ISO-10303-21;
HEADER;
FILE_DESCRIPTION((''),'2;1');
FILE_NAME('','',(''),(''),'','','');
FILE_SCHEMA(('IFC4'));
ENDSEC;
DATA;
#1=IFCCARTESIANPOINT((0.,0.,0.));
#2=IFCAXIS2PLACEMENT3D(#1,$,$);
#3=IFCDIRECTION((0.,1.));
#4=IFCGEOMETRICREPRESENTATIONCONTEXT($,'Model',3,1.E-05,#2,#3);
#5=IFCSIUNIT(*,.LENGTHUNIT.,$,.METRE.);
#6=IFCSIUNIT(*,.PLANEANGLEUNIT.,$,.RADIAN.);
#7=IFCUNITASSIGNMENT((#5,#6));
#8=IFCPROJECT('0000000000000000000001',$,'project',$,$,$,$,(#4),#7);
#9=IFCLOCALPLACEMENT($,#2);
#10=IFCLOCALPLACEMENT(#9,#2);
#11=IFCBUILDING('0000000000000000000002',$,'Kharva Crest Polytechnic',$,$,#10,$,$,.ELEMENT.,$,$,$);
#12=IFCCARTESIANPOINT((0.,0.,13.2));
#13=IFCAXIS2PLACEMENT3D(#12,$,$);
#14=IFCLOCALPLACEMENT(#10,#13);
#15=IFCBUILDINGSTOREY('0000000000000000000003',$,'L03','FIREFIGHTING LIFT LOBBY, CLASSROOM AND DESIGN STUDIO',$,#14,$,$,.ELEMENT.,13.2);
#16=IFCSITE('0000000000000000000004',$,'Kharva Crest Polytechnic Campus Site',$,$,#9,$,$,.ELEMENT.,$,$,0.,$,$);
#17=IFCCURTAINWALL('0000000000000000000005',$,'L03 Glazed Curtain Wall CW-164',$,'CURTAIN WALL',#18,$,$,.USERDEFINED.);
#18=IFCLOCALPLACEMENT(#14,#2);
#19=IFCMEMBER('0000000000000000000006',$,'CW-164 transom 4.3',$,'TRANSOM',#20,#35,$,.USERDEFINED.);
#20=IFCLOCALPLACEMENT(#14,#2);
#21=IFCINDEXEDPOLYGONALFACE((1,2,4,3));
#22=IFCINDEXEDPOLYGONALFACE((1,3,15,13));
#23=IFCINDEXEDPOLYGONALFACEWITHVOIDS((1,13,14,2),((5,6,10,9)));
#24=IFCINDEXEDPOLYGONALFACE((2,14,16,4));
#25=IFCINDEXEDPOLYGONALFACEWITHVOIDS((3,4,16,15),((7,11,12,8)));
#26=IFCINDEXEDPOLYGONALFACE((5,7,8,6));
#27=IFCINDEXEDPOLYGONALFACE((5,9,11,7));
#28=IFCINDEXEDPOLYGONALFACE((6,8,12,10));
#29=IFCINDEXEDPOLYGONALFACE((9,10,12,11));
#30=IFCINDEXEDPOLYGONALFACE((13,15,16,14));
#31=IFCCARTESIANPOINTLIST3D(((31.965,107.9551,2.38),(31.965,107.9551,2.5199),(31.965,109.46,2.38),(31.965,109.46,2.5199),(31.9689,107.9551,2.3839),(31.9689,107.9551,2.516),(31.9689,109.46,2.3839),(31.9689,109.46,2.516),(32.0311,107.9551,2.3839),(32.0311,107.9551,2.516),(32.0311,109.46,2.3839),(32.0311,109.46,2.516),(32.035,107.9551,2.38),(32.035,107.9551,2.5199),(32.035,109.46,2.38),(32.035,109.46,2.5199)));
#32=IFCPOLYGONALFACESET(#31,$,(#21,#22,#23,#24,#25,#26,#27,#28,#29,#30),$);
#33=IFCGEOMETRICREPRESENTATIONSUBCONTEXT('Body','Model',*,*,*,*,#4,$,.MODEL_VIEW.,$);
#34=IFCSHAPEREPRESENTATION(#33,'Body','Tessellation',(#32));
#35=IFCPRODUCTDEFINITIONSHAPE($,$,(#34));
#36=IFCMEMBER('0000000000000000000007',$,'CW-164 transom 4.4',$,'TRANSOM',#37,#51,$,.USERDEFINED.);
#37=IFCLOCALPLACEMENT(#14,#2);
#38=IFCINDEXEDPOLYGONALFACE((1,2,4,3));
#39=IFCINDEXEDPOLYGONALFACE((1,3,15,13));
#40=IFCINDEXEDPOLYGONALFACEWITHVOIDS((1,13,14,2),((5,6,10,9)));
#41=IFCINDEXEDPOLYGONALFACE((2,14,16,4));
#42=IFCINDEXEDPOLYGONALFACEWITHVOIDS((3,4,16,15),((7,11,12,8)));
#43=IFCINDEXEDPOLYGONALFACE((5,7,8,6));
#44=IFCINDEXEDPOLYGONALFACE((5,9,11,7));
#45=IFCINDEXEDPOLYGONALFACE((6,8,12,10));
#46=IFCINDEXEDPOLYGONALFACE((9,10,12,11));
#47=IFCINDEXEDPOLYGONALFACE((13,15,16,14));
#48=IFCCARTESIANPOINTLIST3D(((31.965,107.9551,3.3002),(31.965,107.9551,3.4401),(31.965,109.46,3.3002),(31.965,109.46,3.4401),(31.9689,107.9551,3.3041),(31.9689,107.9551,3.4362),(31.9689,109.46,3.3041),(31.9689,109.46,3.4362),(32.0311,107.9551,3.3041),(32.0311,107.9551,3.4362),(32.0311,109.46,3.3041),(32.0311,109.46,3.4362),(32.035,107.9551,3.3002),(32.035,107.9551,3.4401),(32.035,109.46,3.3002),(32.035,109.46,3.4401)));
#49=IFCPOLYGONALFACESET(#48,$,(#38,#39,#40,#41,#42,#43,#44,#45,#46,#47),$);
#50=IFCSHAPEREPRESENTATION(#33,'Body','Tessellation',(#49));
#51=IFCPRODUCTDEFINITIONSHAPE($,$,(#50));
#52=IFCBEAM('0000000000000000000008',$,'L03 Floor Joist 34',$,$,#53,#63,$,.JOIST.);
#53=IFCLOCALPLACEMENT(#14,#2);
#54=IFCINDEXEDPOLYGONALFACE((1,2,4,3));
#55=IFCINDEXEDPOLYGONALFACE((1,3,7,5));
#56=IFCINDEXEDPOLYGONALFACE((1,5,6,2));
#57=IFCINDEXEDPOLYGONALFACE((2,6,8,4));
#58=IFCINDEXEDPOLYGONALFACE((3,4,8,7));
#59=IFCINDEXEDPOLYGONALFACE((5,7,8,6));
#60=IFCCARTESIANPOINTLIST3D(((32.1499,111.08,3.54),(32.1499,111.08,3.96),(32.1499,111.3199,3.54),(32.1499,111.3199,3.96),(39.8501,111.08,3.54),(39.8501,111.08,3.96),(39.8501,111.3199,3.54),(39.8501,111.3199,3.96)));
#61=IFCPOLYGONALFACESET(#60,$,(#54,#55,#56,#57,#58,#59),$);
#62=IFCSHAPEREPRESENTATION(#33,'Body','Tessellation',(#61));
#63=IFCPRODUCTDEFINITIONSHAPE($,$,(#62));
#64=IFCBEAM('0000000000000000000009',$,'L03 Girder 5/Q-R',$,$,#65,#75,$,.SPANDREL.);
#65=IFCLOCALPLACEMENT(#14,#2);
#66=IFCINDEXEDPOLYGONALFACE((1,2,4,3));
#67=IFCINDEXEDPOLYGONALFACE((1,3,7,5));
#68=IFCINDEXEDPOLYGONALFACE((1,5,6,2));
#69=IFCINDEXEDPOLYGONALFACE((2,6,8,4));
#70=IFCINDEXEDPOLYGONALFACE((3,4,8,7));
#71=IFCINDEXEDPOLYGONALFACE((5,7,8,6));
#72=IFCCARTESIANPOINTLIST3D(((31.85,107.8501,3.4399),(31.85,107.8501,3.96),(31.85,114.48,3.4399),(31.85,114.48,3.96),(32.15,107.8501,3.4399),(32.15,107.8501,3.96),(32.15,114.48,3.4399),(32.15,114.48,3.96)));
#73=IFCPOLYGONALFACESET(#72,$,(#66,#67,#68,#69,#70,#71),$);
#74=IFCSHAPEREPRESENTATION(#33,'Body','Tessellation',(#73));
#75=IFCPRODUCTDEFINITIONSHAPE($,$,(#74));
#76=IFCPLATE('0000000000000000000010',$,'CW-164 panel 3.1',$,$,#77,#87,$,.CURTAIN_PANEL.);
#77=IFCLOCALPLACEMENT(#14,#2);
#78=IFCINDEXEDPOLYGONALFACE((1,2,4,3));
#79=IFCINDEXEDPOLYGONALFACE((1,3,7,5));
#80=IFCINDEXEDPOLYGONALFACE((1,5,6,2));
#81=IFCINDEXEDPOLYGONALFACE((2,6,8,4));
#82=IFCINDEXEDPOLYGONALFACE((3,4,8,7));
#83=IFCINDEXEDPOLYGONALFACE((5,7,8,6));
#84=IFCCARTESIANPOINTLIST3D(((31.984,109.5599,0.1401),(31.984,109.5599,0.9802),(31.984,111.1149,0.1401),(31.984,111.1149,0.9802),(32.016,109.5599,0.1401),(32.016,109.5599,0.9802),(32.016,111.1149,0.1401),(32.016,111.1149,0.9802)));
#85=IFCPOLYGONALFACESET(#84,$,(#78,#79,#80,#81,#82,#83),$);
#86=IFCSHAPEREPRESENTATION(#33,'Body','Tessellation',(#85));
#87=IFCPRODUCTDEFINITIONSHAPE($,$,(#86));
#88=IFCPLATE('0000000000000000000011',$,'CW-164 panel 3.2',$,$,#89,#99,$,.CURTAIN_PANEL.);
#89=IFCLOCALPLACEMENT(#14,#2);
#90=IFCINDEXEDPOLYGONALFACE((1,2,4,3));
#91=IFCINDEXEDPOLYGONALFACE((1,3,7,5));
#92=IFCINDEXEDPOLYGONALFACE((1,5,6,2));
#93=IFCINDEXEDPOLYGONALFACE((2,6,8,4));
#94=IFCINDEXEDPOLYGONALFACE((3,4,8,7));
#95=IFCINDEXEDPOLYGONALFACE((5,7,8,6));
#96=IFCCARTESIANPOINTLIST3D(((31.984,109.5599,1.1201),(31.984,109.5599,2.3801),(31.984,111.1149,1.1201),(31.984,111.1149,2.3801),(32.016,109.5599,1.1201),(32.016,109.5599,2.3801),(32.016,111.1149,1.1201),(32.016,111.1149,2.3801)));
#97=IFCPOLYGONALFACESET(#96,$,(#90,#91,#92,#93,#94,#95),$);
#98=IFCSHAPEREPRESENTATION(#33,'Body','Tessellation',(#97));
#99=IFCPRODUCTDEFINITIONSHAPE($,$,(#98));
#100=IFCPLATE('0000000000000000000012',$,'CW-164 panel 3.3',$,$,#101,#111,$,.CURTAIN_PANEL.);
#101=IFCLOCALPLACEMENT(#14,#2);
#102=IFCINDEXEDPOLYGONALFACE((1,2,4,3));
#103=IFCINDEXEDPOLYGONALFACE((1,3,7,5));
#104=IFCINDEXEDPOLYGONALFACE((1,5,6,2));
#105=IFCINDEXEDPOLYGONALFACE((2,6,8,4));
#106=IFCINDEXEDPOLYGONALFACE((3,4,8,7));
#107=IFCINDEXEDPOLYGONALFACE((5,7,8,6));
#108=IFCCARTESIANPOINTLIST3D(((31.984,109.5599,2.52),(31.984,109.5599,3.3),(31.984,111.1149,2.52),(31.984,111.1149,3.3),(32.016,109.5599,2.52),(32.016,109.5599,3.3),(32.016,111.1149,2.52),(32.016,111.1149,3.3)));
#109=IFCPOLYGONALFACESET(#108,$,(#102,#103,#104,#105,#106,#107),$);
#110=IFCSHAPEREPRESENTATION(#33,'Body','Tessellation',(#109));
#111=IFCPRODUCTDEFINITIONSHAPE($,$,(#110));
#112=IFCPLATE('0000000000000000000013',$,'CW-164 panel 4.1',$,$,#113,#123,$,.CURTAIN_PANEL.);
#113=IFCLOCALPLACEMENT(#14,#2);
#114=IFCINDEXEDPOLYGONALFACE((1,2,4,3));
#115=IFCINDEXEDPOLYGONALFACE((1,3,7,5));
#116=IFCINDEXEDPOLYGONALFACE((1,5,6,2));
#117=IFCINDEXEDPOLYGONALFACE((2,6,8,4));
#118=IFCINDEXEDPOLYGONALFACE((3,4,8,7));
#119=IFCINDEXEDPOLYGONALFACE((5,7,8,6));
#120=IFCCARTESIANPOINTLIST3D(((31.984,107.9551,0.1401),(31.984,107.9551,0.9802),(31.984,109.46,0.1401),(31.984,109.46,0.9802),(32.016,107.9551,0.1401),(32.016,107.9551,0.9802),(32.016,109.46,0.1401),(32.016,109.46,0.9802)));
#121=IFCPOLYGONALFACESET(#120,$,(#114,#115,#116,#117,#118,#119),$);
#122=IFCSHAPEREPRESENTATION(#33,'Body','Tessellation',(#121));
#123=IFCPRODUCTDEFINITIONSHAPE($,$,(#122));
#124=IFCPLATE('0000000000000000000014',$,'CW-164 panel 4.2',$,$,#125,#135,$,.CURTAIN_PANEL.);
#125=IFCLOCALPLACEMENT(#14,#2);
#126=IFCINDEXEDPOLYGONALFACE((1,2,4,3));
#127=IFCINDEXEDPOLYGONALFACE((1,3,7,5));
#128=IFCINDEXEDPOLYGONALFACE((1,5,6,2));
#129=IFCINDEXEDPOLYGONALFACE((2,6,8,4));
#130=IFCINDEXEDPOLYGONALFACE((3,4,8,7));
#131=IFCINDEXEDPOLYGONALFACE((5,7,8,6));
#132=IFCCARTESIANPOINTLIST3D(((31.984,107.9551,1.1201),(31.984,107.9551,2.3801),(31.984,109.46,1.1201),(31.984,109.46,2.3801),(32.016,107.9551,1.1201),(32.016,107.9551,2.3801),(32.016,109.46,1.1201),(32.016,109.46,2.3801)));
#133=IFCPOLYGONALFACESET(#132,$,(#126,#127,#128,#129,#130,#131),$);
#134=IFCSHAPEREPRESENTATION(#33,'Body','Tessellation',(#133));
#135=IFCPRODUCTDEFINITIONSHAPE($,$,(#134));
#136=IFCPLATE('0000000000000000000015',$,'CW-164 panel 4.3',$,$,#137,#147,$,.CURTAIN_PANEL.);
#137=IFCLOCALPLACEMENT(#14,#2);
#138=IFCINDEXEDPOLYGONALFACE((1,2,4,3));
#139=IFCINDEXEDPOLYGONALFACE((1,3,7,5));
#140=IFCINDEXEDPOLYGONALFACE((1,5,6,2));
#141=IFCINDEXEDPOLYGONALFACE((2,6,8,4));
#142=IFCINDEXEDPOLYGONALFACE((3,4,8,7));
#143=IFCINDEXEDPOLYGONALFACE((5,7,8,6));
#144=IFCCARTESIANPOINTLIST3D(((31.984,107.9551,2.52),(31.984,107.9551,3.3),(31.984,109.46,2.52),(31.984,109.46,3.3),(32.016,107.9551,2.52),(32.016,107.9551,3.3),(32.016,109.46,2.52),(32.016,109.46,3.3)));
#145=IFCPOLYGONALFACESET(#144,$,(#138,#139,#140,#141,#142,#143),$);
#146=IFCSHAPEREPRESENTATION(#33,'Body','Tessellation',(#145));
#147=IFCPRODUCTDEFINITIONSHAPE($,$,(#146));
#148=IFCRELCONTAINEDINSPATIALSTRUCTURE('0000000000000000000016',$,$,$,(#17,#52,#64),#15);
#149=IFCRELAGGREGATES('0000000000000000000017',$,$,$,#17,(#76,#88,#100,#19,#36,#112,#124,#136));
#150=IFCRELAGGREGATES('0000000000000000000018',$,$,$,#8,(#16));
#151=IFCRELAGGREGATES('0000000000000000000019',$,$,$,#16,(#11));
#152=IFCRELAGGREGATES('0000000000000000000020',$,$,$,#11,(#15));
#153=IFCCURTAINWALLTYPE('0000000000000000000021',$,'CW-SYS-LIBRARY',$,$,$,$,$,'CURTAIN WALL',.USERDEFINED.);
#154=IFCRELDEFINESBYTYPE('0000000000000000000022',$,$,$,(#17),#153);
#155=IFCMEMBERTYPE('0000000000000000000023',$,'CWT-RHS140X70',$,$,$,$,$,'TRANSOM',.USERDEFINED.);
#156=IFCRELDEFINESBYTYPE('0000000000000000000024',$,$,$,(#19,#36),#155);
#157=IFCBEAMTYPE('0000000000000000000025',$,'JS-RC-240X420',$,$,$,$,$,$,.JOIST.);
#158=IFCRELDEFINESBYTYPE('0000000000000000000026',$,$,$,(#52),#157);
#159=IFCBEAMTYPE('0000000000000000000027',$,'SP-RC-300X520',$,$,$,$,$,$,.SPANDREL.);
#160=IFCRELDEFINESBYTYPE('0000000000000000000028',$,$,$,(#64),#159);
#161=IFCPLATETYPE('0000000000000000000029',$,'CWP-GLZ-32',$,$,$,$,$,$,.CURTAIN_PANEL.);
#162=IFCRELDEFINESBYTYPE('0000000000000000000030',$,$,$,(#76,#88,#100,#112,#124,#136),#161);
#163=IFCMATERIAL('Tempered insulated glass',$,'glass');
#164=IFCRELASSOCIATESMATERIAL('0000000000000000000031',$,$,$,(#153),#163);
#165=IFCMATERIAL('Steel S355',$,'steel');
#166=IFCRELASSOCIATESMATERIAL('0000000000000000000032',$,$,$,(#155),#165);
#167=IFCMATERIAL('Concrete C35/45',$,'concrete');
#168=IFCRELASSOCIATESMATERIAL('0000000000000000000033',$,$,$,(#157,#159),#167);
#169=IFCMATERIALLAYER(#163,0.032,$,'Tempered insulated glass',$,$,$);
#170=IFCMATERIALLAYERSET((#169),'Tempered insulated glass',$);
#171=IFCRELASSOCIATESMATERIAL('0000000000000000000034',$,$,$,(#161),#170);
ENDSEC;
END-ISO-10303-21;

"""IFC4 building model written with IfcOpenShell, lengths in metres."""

from ifc_helpers import new_model, si_unit, direction, frame, origin, origin_2d, place, context, subcontext, project, spatial, rectangle, hollow_rectangle, extrude, material, layer, layer_set, material_profile, profile_set, type_object, element, aggregate, save


model = new_model("IFC4")

# Units and contexts
model_context = context("Model", 3, precision=1e-05, world=origin(), true_north=direction((0.0, 1.0)))
body_context = subcontext(model_context, "Body", "Model", "MODEL_VIEW")
ifc_project = project(units=[si_unit("LENGTHUNIT", "METRE"), si_unit("PLANEANGLEUNIT", "RADIAN")], contexts=[model_context])

# Site, building, storey
site_placement = place(None, origin())
site = spatial("IfcSite", under=ifc_project, at=site_placement, Name="Kharva Crest Polytechnic Campus Site", CompositionType="ELEMENT", RefElevation=0.0)
building_placement = place(site_placement, origin())
building = spatial("IfcBuilding", under=site, at=building_placement, Name="Kharva Crest Polytechnic", CompositionType="ELEMENT")
storey_placement = place(building_placement, frame((0.0, 0.0, 13.2)))
storey = spatial("IfcBuildingStorey", under=building, at=storey_placement, Name="L03", Description="FIREFIGHTING LIFT LOBBY, CLASSROOM AND DESIGN STUDIO", CompositionType="ELEMENT", Elevation=13.2)

# Shared definitions
ifc_material_1 = material(Name="Concrete C35/45", Category="concrete")

# Curtain wall, members
ifc_material_2 = material(Name="Tempered insulated glass", Category="glass")
curtain_wall_type = type_object("IfcCurtainWallType", Name="CW-SYS-LIBRARY", ElementType="CURTAIN WALL", PredefinedType="USERDEFINED", material=ifc_material_2)
curtain_wall_placement = place(storey_placement, origin())
curtain_wall = element("IfcCurtainWall", 1, at=curtain_wall_placement, inside=storey, type_object=curtain_wall_type, Name="L03 Glazed Curtain Wall CW-164", ObjectType="CURTAIN WALL", PredefinedType="USERDEFINED")
ifc_material_3 = material(Name="Steel S355", Category="steel")
ifc_material_profile_1 = material_profile(ifc_material_3, hollow_rectangle(XDim=0.0701, YDim=0.1399, WallThickness=0.0039, at=origin_2d()), Name="RHS 140X70X4.0")
ifc_profile_set_1 = profile_set([ifc_material_profile_1], Name="Steel S355")
member_type_1 = type_object("IfcMemberType", Name="CWT-RHS140X70", ElementType="TRANSOM", PredefinedType="USERDEFINED", material=ifc_profile_set_1)
member_1_placement = place(storey_placement, frame((32.0, 109.46, 2.45), z_axis=(0.0, -1.0, 0.0), x_axis=(1.0, 0.0, 0.0)))
member_1 = element("IfcMember", 2, at=member_1_placement, type_object=member_type_1, Name="CW-164 transom 4.3", ObjectType="TRANSOM", PredefinedType="USERDEFINED", context=body_context, shape_type="SweptSolid", body=[
    extrude(hollow_rectangle(XDim=0.0701, YDim=0.1399, WallThickness=0.0039, at=origin_2d()), origin(), (0.0, 0.0, 1.0), 1.5049),
])
member_2_placement = place(storey_placement, frame((32.0, 109.46, 3.3701), z_axis=(0.0, -1.0, 0.0), x_axis=(1.0, 0.0, 0.0)))
member_2 = element("IfcMember", 3, at=member_2_placement, type_object=member_type_1, Name="CW-164 transom 4.4", ObjectType="TRANSOM", PredefinedType="USERDEFINED", context=body_context, shape_type="SweptSolid", body=[
    extrude(hollow_rectangle(XDim=0.0701, YDim=0.1399, WallThickness=0.0039, at=origin_2d()), origin(), (0.0, 0.0, 1.0), 1.5049),
])

# Beams
ifc_material_profile_2 = material_profile(ifc_material_1, rectangle(XDim=0.24, YDim=0.4199, at=origin_2d()), Name="RECT 240 X 420")
ifc_profile_set_2 = profile_set([ifc_material_profile_2], Name="Concrete C35/45")
beam_type_1 = type_object("IfcBeamType", Name="JS-RC-240X420", PredefinedType="JOIST", material=ifc_profile_set_2)
beam_1_placement = place(storey_placement, frame((32.1499, 111.2, 3.75), z_axis=(1.0, 0.0, 0.0), x_axis=(0.0, 1.0, 0.0)))
element("IfcBeam", 4, at=beam_1_placement, inside=storey, type_object=beam_type_1, Name="L03 Floor Joist 34", PredefinedType="JOIST", context=body_context, shape_type="SweptSolid", body=[
    extrude(rectangle(XDim=0.24, YDim=0.4199, at=origin_2d()), origin(), (0.0, 0.0, 1.0), 7.7002),
])
ifc_material_profile_3 = material_profile(ifc_material_1, rectangle(XDim=0.3, YDim=0.52, at=origin_2d()), Name="RECT 300 X 520")
ifc_profile_set_3 = profile_set([ifc_material_profile_3], Name="Concrete C35/45")
beam_type_2 = type_object("IfcBeamType", Name="SP-RC-300X520", PredefinedType="SPANDREL", material=ifc_profile_set_3)
beam_2_placement = place(storey_placement, frame((32.0, 107.8501, 3.7), z_axis=(0.0, 1.0, 0.0), x_axis=(-1.0, 0.0, 0.0)))
element("IfcBeam", 5, at=beam_2_placement, inside=storey, type_object=beam_type_2, Name="L03 Girder 5/Q-R", PredefinedType="SPANDREL", context=body_context, shape_type="SweptSolid", body=[
    extrude(rectangle(XDim=0.3, YDim=0.52, at=origin_2d()), origin(), (0.0, 0.0, 1.0), 6.6299),
])

# Plates
ifc_layer_1 = layer(ifc_material_2, 0.032, Name="Tempered insulated glass")
ifc_layer_set_1 = layer_set([ifc_layer_1], Name="Tempered insulated glass")
plate_type = type_object("IfcPlateType", Name="CWP-GLZ-32", PredefinedType="CURTAIN_PANEL", material=ifc_layer_set_1)
plate_1_placement = place(storey_placement, frame((32.0, 110.3374, 0.1401), z_axis=(0.0, 0.0, 1.0), x_axis=(0.0, -1.0, 0.0)))
plate_1 = element("IfcPlate", 6, at=plate_1_placement, type_object=plate_type, Name="CW-164 panel 3.1", PredefinedType="CURTAIN_PANEL", context=body_context, shape_type="SweptSolid", body=[
    extrude(rectangle(XDim=1.5549, YDim=0.032, at=origin_2d()), origin(), (0.0, 0.0, 1.0), 0.8401),
])
plate_2_placement = place(storey_placement, frame((32.0, 110.3374, 1.1201), z_axis=(0.0, 0.0, 1.0), x_axis=(0.0, -1.0, 0.0)))
plate_2 = element("IfcPlate", 7, at=plate_2_placement, type_object=plate_type, Name="CW-164 panel 3.2", PredefinedType="CURTAIN_PANEL", context=body_context, shape_type="SweptSolid", body=[
    extrude(rectangle(XDim=1.5549, YDim=0.032, at=origin_2d()), origin(), (0.0, 0.0, 1.0), 1.26),
])
plate_3_placement = place(storey_placement, frame((32.0, 110.3374, 2.52), z_axis=(0.0, 0.0, 1.0), x_axis=(0.0, -1.0, 0.0)))
plate_3 = element("IfcPlate", 8, at=plate_3_placement, type_object=plate_type, Name="CW-164 panel 3.3", PredefinedType="CURTAIN_PANEL", context=body_context, shape_type="SweptSolid", body=[
    extrude(rectangle(XDim=1.5549, YDim=0.032, at=origin_2d()), origin(), (0.0, 0.0, 1.0), 0.78),
])
plate_4_placement = place(storey_placement, frame((32.0, 108.7075, 0.1401), z_axis=(0.0, 0.0, 1.0), x_axis=(0.0, -1.0, 0.0)))
plate_4 = element("IfcPlate", 9, at=plate_4_placement, type_object=plate_type, Name="CW-164 panel 4.1", PredefinedType="CURTAIN_PANEL", context=body_context, shape_type="SweptSolid", body=[
    extrude(rectangle(XDim=1.5049, YDim=0.032, at=origin_2d()), origin(), (0.0, 0.0, 1.0), 0.8401),
])
plate_5_placement = place(storey_placement, frame((32.0, 108.7075, 1.1201), z_axis=(0.0, 0.0, 1.0), x_axis=(0.0, -1.0, 0.0)))
plate_5 = element("IfcPlate", 10, at=plate_5_placement, type_object=plate_type, Name="CW-164 panel 4.2", PredefinedType="CURTAIN_PANEL", context=body_context, shape_type="SweptSolid", body=[
    extrude(rectangle(XDim=1.5049, YDim=0.032, at=origin_2d()), origin(), (0.0, 0.0, 1.0), 1.26),
])
plate_6_placement = place(storey_placement, frame((32.0, 108.7075, 2.52), z_axis=(0.0, 0.0, 1.0), x_axis=(0.0, -1.0, 0.0)))
plate_6 = element("IfcPlate", 11, at=plate_6_placement, type_object=plate_type, Name="CW-164 panel 4.3", PredefinedType="CURTAIN_PANEL", context=body_context, shape_type="SweptSolid", body=[
    extrude(rectangle(XDim=1.5049, YDim=0.032, at=origin_2d()), origin(), (0.0, 0.0, 1.0), 0.78),
])
aggregate(curtain_wall, [plate_1, plate_2, plate_3, member_1, member_2, plate_4, plate_5, plate_6])

save(model, "model.ifc")
